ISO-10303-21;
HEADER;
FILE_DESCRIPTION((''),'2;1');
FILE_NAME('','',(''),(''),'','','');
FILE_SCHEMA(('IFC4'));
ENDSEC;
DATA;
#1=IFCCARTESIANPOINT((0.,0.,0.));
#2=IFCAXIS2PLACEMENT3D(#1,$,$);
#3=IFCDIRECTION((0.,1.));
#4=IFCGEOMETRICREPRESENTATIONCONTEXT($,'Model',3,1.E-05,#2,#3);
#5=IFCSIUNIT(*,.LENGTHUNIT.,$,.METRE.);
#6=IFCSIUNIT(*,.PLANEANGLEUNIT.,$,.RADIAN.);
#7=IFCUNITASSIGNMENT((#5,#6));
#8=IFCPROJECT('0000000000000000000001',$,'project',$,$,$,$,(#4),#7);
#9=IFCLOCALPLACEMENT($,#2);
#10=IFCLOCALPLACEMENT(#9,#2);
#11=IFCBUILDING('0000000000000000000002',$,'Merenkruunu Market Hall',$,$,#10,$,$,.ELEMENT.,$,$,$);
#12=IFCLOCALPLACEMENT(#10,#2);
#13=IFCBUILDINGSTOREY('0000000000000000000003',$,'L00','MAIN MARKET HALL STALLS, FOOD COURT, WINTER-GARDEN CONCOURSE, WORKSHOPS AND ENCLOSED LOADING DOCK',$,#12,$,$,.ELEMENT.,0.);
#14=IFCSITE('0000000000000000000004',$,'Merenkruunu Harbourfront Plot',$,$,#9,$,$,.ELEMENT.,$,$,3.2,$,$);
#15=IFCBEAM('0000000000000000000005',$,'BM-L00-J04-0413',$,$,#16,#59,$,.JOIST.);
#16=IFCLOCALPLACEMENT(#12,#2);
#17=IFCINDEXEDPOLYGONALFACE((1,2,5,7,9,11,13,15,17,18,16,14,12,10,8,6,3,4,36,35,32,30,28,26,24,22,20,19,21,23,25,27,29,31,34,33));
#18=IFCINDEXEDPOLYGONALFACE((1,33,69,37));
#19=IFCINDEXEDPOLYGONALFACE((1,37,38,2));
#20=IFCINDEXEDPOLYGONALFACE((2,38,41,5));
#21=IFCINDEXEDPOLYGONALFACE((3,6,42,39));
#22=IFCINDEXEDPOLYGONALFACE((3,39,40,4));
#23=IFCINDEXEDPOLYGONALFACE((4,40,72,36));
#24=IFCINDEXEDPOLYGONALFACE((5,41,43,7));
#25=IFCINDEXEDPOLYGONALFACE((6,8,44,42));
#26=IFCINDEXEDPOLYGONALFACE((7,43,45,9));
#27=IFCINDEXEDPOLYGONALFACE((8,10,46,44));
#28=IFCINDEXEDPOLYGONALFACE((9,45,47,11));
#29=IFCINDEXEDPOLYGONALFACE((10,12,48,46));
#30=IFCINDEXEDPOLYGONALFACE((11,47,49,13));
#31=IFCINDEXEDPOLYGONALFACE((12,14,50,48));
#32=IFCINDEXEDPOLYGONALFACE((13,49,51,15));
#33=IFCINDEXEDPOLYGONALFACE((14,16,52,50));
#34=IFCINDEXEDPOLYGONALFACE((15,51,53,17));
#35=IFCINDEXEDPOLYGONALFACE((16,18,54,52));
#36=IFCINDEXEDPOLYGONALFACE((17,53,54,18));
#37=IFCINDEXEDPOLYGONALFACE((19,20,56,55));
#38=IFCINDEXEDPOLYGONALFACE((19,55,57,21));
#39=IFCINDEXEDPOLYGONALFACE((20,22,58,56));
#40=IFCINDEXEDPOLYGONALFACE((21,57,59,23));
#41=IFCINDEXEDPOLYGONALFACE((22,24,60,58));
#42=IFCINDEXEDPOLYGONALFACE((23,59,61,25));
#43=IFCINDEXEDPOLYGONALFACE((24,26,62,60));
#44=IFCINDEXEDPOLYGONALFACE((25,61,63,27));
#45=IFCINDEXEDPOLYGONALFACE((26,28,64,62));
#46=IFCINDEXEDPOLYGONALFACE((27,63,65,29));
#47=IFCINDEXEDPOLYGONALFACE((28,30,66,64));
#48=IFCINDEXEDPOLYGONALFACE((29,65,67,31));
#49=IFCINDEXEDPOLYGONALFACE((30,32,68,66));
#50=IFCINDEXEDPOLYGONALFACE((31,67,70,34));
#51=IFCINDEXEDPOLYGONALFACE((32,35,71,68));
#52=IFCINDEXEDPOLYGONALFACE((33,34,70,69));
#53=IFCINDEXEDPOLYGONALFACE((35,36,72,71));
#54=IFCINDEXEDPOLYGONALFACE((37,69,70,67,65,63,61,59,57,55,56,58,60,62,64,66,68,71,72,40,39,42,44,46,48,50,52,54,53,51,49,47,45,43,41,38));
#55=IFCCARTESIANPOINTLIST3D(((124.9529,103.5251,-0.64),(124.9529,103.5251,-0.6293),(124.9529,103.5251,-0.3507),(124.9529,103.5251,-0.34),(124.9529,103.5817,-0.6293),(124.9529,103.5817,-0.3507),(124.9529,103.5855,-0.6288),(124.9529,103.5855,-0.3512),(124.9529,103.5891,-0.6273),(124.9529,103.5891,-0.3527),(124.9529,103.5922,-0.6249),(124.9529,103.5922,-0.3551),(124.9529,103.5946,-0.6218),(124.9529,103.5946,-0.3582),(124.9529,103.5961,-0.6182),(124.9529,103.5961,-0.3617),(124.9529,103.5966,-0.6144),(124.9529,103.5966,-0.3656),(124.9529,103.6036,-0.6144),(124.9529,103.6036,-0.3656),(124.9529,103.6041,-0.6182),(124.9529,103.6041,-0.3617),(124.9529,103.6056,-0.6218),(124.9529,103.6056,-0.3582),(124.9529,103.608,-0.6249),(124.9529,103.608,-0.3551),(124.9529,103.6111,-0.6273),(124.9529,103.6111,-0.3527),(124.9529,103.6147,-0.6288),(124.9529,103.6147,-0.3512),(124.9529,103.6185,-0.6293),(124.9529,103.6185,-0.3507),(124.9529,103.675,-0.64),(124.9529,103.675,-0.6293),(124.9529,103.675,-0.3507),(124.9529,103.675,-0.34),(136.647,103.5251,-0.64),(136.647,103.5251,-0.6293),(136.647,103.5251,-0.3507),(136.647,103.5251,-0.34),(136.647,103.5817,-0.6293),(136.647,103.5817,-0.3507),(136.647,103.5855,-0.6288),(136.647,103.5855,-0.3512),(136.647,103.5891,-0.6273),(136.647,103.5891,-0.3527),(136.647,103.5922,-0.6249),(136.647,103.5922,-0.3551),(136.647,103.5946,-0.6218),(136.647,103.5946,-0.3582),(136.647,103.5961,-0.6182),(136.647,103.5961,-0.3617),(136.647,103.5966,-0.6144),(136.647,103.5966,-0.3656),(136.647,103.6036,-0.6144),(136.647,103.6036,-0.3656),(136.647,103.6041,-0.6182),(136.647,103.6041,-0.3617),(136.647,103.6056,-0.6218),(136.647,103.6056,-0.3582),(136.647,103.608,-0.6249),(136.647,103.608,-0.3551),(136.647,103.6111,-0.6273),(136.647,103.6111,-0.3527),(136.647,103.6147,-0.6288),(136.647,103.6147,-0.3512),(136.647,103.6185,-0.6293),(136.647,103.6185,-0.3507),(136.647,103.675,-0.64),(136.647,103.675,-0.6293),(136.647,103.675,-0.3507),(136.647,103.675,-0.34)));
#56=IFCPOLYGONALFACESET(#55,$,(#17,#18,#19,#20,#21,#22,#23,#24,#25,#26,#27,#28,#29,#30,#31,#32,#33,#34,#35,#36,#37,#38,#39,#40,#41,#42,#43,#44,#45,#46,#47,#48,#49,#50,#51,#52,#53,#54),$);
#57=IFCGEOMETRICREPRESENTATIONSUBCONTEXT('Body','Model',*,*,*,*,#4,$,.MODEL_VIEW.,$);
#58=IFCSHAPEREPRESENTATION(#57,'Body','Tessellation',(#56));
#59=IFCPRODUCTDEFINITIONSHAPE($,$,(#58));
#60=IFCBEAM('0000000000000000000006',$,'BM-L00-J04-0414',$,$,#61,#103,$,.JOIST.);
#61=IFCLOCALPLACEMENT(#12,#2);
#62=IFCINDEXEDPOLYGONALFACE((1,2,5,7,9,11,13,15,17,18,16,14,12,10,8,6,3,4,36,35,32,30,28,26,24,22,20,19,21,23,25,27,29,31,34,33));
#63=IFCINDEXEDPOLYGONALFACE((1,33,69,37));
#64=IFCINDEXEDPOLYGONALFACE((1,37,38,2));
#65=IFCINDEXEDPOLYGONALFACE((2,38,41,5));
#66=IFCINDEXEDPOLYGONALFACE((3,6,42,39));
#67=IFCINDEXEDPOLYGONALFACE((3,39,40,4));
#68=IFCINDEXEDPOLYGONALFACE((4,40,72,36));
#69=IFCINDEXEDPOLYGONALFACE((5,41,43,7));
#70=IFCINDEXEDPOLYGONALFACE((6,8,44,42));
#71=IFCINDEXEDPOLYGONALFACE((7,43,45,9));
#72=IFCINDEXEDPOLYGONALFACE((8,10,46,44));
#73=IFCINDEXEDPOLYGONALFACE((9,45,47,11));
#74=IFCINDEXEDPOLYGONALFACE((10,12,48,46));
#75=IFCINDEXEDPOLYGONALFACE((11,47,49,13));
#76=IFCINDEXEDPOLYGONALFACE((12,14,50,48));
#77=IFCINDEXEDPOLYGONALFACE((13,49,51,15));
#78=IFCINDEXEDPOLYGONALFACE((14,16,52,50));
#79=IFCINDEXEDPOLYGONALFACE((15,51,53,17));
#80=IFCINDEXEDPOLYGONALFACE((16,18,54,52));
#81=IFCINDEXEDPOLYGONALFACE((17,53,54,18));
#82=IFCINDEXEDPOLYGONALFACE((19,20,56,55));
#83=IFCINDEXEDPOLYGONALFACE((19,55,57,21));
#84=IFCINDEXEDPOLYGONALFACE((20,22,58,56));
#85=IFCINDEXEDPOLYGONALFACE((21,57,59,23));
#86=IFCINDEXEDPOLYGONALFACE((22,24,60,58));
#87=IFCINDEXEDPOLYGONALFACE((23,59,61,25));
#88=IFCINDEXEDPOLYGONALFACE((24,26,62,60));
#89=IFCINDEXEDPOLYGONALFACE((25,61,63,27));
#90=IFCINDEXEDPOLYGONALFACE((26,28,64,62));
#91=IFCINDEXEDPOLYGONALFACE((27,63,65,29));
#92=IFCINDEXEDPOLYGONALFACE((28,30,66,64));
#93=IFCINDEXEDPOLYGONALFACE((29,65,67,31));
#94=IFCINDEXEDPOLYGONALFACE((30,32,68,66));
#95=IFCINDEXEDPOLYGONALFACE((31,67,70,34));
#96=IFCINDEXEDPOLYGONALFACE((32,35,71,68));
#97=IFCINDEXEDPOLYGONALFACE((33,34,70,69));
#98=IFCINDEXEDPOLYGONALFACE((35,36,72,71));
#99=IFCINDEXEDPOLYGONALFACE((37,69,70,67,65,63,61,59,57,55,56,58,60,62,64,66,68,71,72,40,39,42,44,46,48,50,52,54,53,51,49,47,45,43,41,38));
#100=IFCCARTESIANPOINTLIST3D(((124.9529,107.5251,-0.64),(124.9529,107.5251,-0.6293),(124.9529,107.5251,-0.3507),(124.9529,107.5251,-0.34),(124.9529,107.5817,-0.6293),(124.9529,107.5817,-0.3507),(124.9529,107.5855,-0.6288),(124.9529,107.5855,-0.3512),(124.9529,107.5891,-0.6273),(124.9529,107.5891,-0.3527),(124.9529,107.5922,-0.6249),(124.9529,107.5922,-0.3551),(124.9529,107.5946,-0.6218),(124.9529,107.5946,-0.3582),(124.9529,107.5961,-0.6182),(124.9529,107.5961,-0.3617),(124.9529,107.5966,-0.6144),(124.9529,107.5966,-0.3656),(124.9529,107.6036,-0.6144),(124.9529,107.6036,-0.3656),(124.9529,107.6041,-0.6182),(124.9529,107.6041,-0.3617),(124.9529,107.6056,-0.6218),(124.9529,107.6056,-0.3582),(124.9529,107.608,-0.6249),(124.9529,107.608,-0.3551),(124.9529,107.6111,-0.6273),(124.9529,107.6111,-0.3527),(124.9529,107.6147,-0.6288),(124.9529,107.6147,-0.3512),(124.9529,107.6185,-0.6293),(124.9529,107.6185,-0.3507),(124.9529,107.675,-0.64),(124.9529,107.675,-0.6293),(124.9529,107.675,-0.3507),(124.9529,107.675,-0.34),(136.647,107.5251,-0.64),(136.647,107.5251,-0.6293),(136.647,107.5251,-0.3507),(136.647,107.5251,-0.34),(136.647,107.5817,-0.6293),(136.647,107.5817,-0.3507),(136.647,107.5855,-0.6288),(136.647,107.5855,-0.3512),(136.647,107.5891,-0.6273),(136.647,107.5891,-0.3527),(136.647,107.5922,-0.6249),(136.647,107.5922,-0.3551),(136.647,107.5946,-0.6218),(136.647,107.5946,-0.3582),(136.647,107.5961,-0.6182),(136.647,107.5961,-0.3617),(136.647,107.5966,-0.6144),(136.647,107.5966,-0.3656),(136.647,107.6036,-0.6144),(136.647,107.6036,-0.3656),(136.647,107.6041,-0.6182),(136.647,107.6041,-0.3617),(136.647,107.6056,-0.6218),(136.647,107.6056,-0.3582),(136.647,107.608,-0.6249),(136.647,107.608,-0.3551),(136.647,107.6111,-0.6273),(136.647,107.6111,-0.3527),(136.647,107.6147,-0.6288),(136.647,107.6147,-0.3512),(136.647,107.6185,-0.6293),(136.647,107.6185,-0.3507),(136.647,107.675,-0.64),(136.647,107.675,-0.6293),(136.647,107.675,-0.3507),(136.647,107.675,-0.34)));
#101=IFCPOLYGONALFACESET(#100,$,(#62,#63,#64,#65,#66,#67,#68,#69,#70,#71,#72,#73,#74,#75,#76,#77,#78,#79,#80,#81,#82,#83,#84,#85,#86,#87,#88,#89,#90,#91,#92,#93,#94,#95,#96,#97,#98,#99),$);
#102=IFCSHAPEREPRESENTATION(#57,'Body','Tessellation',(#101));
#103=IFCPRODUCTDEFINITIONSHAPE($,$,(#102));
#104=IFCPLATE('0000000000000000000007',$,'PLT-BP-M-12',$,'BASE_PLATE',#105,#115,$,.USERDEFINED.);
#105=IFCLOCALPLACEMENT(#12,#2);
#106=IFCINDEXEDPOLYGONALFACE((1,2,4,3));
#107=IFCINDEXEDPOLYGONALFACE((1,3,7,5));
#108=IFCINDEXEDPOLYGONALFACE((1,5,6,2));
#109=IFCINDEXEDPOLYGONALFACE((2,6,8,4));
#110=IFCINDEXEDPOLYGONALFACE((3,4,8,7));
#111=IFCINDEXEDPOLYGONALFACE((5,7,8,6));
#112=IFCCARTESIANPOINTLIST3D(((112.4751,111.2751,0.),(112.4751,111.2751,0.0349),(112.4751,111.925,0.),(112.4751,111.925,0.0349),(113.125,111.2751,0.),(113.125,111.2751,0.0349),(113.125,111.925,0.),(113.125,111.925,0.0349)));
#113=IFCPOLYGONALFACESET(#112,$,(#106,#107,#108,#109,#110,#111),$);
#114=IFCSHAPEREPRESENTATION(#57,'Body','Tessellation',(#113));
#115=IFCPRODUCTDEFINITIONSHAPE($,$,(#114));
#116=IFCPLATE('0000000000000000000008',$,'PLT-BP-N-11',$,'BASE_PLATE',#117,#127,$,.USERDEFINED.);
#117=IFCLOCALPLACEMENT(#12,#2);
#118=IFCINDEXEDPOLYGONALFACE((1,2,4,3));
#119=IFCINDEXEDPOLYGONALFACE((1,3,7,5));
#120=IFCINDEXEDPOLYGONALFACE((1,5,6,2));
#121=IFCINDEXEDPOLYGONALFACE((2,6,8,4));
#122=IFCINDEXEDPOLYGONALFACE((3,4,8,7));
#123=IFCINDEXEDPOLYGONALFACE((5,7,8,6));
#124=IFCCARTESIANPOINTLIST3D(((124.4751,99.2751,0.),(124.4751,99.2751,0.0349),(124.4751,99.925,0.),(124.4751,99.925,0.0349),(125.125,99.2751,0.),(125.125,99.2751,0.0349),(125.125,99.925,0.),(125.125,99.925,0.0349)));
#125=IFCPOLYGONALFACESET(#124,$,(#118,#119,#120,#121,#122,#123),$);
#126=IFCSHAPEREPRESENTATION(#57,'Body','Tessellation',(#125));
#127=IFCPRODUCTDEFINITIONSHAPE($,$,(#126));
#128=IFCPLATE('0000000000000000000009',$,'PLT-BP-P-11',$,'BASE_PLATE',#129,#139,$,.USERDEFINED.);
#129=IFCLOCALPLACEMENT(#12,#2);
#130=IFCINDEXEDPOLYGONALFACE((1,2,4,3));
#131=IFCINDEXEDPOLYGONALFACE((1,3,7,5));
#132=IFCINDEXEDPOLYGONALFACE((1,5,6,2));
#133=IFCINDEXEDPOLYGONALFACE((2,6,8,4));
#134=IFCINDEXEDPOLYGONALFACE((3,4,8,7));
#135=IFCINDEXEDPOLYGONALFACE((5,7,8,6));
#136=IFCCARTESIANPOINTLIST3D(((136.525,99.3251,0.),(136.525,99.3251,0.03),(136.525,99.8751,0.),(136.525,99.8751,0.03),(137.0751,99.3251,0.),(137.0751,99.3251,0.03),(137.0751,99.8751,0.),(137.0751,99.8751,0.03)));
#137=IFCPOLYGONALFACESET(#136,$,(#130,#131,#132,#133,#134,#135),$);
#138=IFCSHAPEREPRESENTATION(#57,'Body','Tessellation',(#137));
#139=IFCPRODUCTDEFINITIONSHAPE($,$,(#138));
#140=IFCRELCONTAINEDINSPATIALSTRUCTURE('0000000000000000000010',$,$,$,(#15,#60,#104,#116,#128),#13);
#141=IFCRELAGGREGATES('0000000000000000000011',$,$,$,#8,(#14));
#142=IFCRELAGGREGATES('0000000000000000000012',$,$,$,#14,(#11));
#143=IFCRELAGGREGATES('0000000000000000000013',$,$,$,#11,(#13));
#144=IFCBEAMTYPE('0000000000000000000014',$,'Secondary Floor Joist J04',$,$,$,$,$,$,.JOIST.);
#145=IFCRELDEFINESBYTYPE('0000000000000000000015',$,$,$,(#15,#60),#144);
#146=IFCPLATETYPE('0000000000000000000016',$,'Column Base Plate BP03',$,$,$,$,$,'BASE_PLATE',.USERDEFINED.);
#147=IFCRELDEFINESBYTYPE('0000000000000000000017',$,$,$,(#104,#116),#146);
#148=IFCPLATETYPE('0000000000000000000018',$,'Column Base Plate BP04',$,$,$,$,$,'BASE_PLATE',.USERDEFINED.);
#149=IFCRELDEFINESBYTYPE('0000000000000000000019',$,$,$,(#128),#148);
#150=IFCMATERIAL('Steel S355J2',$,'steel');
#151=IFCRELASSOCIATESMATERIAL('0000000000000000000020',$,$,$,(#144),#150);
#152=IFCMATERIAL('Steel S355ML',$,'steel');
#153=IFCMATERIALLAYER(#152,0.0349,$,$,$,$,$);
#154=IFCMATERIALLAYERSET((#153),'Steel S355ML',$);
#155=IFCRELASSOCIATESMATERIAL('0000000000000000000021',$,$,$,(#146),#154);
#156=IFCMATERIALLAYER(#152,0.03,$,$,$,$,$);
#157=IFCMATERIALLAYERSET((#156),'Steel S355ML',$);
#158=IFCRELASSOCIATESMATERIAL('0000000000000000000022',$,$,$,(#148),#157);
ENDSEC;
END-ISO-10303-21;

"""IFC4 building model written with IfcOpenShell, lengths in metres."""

from ifc_helpers import new_model, si_unit, direction, frame, origin, origin_2d, place, context, subcontext, project, spatial, rectangle, i_section, extrude, material, layer, layer_set, material_profile, profile_set, type_object, element, save


model = new_model("IFC4")

# Units and contexts
model_context = context("Model", 3, precision=1e-05, world=origin(), true_north=direction((0.0, 1.0)))
body_context = subcontext(model_context, "Body", "Model", "MODEL_VIEW")
ifc_project = project(units=[si_unit("LENGTHUNIT", "METRE"), si_unit("PLANEANGLEUNIT", "RADIAN")], contexts=[model_context])

# Site, building, storey
site_placement = place(None, origin())
site = spatial("IfcSite", under=ifc_project, at=site_placement, Name="Merenkruunu Harbourfront Plot", CompositionType="ELEMENT", RefElevation=3.2)
building_placement = place(site_placement, origin())
building = spatial("IfcBuilding", under=site, at=building_placement, Name="Merenkruunu Market Hall", CompositionType="ELEMENT")
storey_placement = place(building_placement, origin())
storey = spatial("IfcBuildingStorey", under=building, at=storey_placement, Name="L00", Description="MAIN MARKET HALL STALLS, FOOD COURT, WINTER-GARDEN CONCOURSE, WORKSHOPS AND ENCLOSED LOADING DOCK", CompositionType="ELEMENT", Elevation=0.0)

# Shared definitions
ifc_material_1 = material(Name="Steel S355J2", Category="steel")

# Beams
ifc_material_profile_1 = material_profile(ifc_material_1, i_section(OverallWidth=0.1499, OverallDepth=0.3, WebThickness=0.0071, FlangeThickness=0.0107, FilletRadius=0.0149, at=origin_2d()), Name="IPE 300")
ifc_profile_set_1 = profile_set([ifc_material_profile_1], Name="Steel S355J2")
beam_type_1 = type_object("IfcBeamType", Name="Secondary Floor Joist J04", PredefinedType="JOIST", material=ifc_profile_set_1)
for number, where, z_axis, x_axis, name in (
    (1, (124.9529, 103.6001, -0.49), (1.0, 0.0, 0.0), (0.0, 1.0, 0.0), "BM-L00-J04-0413"),
    (2, (124.9529, 107.6001, -0.49), (1.0, 0.0, 0.0), (0.0, 1.0, 0.0), "BM-L00-J04-0414"),
):
    element("IfcBeam", number, at=place(storey_placement, frame(where, z_axis=z_axis, x_axis=x_axis)), inside=storey, type_object=beam_type_1, Name=name, PredefinedType="JOIST", context=body_context, shape_type="SweptSolid", body=[
        extrude(i_section(OverallWidth=0.1499, OverallDepth=0.3, WebThickness=0.0071, FlangeThickness=0.0107, FilletRadius=0.0149, at=origin_2d()), origin(), (0.0, 0.0, 1.0), 11.6941),
    ])

# Plates
ifc_material_2 = material(Name="Steel S355ML", Category="steel")
ifc_layer_1 = layer(ifc_material_2, 0.0349)
ifc_layer_set_1 = layer_set([ifc_layer_1], Name="Steel S355ML")
plate_type_1 = type_object("IfcPlateType", Name="Column Base Plate BP03", ElementType="BASE_PLATE", PredefinedType="USERDEFINED", material=ifc_layer_set_1)
for number, where, z_axis, x_axis, name in (
    (3, (112.8, 111.6001, 0.0), (0.0, 0.0, 1.0), (1.0, 0.0, 0.0), "PLT-BP-M-12"),
    (4, (124.8, 99.6001, 0.0), (0.0, 0.0, 1.0), (1.0, 0.0, 0.0), "PLT-BP-N-11"),
):
    element("IfcPlate", number, at=place(storey_placement, frame(where, z_axis=z_axis, x_axis=x_axis)), inside=storey, type_object=plate_type_1, Name=name, ObjectType="BASE_PLATE", PredefinedType="USERDEFINED", context=body_context, shape_type="SweptSolid", body=[
        extrude(rectangle(XDim=0.6499, YDim=0.6499, at=origin_2d()), origin(), (0.0, 0.0, 1.0), 0.0349),
    ])
ifc_layer_2 = layer(ifc_material_2, 0.03)
ifc_layer_set_2 = layer_set([ifc_layer_2], Name="Steel S355ML")
plate_type_2 = type_object("IfcPlateType", Name="Column Base Plate BP04", ElementType="BASE_PLATE", PredefinedType="USERDEFINED", material=ifc_layer_set_2)
plate_placement = place(storey_placement, frame((136.8, 99.6001, 0.0), z_axis=(0.0, 0.0, 1.0), x_axis=(1.0, 0.0, 0.0)))
element("IfcPlate", 5, at=plate_placement, inside=storey, type_object=plate_type_2, Name="PLT-BP-P-11", ObjectType="BASE_PLATE", PredefinedType="USERDEFINED", context=body_context, shape_type="SweptSolid", body=[
    extrude(rectangle(XDim=0.55, YDim=0.55, at=origin_2d()), origin(), (0.0, 0.0, 1.0), 0.03),
])

save(model, "model.ifc")
